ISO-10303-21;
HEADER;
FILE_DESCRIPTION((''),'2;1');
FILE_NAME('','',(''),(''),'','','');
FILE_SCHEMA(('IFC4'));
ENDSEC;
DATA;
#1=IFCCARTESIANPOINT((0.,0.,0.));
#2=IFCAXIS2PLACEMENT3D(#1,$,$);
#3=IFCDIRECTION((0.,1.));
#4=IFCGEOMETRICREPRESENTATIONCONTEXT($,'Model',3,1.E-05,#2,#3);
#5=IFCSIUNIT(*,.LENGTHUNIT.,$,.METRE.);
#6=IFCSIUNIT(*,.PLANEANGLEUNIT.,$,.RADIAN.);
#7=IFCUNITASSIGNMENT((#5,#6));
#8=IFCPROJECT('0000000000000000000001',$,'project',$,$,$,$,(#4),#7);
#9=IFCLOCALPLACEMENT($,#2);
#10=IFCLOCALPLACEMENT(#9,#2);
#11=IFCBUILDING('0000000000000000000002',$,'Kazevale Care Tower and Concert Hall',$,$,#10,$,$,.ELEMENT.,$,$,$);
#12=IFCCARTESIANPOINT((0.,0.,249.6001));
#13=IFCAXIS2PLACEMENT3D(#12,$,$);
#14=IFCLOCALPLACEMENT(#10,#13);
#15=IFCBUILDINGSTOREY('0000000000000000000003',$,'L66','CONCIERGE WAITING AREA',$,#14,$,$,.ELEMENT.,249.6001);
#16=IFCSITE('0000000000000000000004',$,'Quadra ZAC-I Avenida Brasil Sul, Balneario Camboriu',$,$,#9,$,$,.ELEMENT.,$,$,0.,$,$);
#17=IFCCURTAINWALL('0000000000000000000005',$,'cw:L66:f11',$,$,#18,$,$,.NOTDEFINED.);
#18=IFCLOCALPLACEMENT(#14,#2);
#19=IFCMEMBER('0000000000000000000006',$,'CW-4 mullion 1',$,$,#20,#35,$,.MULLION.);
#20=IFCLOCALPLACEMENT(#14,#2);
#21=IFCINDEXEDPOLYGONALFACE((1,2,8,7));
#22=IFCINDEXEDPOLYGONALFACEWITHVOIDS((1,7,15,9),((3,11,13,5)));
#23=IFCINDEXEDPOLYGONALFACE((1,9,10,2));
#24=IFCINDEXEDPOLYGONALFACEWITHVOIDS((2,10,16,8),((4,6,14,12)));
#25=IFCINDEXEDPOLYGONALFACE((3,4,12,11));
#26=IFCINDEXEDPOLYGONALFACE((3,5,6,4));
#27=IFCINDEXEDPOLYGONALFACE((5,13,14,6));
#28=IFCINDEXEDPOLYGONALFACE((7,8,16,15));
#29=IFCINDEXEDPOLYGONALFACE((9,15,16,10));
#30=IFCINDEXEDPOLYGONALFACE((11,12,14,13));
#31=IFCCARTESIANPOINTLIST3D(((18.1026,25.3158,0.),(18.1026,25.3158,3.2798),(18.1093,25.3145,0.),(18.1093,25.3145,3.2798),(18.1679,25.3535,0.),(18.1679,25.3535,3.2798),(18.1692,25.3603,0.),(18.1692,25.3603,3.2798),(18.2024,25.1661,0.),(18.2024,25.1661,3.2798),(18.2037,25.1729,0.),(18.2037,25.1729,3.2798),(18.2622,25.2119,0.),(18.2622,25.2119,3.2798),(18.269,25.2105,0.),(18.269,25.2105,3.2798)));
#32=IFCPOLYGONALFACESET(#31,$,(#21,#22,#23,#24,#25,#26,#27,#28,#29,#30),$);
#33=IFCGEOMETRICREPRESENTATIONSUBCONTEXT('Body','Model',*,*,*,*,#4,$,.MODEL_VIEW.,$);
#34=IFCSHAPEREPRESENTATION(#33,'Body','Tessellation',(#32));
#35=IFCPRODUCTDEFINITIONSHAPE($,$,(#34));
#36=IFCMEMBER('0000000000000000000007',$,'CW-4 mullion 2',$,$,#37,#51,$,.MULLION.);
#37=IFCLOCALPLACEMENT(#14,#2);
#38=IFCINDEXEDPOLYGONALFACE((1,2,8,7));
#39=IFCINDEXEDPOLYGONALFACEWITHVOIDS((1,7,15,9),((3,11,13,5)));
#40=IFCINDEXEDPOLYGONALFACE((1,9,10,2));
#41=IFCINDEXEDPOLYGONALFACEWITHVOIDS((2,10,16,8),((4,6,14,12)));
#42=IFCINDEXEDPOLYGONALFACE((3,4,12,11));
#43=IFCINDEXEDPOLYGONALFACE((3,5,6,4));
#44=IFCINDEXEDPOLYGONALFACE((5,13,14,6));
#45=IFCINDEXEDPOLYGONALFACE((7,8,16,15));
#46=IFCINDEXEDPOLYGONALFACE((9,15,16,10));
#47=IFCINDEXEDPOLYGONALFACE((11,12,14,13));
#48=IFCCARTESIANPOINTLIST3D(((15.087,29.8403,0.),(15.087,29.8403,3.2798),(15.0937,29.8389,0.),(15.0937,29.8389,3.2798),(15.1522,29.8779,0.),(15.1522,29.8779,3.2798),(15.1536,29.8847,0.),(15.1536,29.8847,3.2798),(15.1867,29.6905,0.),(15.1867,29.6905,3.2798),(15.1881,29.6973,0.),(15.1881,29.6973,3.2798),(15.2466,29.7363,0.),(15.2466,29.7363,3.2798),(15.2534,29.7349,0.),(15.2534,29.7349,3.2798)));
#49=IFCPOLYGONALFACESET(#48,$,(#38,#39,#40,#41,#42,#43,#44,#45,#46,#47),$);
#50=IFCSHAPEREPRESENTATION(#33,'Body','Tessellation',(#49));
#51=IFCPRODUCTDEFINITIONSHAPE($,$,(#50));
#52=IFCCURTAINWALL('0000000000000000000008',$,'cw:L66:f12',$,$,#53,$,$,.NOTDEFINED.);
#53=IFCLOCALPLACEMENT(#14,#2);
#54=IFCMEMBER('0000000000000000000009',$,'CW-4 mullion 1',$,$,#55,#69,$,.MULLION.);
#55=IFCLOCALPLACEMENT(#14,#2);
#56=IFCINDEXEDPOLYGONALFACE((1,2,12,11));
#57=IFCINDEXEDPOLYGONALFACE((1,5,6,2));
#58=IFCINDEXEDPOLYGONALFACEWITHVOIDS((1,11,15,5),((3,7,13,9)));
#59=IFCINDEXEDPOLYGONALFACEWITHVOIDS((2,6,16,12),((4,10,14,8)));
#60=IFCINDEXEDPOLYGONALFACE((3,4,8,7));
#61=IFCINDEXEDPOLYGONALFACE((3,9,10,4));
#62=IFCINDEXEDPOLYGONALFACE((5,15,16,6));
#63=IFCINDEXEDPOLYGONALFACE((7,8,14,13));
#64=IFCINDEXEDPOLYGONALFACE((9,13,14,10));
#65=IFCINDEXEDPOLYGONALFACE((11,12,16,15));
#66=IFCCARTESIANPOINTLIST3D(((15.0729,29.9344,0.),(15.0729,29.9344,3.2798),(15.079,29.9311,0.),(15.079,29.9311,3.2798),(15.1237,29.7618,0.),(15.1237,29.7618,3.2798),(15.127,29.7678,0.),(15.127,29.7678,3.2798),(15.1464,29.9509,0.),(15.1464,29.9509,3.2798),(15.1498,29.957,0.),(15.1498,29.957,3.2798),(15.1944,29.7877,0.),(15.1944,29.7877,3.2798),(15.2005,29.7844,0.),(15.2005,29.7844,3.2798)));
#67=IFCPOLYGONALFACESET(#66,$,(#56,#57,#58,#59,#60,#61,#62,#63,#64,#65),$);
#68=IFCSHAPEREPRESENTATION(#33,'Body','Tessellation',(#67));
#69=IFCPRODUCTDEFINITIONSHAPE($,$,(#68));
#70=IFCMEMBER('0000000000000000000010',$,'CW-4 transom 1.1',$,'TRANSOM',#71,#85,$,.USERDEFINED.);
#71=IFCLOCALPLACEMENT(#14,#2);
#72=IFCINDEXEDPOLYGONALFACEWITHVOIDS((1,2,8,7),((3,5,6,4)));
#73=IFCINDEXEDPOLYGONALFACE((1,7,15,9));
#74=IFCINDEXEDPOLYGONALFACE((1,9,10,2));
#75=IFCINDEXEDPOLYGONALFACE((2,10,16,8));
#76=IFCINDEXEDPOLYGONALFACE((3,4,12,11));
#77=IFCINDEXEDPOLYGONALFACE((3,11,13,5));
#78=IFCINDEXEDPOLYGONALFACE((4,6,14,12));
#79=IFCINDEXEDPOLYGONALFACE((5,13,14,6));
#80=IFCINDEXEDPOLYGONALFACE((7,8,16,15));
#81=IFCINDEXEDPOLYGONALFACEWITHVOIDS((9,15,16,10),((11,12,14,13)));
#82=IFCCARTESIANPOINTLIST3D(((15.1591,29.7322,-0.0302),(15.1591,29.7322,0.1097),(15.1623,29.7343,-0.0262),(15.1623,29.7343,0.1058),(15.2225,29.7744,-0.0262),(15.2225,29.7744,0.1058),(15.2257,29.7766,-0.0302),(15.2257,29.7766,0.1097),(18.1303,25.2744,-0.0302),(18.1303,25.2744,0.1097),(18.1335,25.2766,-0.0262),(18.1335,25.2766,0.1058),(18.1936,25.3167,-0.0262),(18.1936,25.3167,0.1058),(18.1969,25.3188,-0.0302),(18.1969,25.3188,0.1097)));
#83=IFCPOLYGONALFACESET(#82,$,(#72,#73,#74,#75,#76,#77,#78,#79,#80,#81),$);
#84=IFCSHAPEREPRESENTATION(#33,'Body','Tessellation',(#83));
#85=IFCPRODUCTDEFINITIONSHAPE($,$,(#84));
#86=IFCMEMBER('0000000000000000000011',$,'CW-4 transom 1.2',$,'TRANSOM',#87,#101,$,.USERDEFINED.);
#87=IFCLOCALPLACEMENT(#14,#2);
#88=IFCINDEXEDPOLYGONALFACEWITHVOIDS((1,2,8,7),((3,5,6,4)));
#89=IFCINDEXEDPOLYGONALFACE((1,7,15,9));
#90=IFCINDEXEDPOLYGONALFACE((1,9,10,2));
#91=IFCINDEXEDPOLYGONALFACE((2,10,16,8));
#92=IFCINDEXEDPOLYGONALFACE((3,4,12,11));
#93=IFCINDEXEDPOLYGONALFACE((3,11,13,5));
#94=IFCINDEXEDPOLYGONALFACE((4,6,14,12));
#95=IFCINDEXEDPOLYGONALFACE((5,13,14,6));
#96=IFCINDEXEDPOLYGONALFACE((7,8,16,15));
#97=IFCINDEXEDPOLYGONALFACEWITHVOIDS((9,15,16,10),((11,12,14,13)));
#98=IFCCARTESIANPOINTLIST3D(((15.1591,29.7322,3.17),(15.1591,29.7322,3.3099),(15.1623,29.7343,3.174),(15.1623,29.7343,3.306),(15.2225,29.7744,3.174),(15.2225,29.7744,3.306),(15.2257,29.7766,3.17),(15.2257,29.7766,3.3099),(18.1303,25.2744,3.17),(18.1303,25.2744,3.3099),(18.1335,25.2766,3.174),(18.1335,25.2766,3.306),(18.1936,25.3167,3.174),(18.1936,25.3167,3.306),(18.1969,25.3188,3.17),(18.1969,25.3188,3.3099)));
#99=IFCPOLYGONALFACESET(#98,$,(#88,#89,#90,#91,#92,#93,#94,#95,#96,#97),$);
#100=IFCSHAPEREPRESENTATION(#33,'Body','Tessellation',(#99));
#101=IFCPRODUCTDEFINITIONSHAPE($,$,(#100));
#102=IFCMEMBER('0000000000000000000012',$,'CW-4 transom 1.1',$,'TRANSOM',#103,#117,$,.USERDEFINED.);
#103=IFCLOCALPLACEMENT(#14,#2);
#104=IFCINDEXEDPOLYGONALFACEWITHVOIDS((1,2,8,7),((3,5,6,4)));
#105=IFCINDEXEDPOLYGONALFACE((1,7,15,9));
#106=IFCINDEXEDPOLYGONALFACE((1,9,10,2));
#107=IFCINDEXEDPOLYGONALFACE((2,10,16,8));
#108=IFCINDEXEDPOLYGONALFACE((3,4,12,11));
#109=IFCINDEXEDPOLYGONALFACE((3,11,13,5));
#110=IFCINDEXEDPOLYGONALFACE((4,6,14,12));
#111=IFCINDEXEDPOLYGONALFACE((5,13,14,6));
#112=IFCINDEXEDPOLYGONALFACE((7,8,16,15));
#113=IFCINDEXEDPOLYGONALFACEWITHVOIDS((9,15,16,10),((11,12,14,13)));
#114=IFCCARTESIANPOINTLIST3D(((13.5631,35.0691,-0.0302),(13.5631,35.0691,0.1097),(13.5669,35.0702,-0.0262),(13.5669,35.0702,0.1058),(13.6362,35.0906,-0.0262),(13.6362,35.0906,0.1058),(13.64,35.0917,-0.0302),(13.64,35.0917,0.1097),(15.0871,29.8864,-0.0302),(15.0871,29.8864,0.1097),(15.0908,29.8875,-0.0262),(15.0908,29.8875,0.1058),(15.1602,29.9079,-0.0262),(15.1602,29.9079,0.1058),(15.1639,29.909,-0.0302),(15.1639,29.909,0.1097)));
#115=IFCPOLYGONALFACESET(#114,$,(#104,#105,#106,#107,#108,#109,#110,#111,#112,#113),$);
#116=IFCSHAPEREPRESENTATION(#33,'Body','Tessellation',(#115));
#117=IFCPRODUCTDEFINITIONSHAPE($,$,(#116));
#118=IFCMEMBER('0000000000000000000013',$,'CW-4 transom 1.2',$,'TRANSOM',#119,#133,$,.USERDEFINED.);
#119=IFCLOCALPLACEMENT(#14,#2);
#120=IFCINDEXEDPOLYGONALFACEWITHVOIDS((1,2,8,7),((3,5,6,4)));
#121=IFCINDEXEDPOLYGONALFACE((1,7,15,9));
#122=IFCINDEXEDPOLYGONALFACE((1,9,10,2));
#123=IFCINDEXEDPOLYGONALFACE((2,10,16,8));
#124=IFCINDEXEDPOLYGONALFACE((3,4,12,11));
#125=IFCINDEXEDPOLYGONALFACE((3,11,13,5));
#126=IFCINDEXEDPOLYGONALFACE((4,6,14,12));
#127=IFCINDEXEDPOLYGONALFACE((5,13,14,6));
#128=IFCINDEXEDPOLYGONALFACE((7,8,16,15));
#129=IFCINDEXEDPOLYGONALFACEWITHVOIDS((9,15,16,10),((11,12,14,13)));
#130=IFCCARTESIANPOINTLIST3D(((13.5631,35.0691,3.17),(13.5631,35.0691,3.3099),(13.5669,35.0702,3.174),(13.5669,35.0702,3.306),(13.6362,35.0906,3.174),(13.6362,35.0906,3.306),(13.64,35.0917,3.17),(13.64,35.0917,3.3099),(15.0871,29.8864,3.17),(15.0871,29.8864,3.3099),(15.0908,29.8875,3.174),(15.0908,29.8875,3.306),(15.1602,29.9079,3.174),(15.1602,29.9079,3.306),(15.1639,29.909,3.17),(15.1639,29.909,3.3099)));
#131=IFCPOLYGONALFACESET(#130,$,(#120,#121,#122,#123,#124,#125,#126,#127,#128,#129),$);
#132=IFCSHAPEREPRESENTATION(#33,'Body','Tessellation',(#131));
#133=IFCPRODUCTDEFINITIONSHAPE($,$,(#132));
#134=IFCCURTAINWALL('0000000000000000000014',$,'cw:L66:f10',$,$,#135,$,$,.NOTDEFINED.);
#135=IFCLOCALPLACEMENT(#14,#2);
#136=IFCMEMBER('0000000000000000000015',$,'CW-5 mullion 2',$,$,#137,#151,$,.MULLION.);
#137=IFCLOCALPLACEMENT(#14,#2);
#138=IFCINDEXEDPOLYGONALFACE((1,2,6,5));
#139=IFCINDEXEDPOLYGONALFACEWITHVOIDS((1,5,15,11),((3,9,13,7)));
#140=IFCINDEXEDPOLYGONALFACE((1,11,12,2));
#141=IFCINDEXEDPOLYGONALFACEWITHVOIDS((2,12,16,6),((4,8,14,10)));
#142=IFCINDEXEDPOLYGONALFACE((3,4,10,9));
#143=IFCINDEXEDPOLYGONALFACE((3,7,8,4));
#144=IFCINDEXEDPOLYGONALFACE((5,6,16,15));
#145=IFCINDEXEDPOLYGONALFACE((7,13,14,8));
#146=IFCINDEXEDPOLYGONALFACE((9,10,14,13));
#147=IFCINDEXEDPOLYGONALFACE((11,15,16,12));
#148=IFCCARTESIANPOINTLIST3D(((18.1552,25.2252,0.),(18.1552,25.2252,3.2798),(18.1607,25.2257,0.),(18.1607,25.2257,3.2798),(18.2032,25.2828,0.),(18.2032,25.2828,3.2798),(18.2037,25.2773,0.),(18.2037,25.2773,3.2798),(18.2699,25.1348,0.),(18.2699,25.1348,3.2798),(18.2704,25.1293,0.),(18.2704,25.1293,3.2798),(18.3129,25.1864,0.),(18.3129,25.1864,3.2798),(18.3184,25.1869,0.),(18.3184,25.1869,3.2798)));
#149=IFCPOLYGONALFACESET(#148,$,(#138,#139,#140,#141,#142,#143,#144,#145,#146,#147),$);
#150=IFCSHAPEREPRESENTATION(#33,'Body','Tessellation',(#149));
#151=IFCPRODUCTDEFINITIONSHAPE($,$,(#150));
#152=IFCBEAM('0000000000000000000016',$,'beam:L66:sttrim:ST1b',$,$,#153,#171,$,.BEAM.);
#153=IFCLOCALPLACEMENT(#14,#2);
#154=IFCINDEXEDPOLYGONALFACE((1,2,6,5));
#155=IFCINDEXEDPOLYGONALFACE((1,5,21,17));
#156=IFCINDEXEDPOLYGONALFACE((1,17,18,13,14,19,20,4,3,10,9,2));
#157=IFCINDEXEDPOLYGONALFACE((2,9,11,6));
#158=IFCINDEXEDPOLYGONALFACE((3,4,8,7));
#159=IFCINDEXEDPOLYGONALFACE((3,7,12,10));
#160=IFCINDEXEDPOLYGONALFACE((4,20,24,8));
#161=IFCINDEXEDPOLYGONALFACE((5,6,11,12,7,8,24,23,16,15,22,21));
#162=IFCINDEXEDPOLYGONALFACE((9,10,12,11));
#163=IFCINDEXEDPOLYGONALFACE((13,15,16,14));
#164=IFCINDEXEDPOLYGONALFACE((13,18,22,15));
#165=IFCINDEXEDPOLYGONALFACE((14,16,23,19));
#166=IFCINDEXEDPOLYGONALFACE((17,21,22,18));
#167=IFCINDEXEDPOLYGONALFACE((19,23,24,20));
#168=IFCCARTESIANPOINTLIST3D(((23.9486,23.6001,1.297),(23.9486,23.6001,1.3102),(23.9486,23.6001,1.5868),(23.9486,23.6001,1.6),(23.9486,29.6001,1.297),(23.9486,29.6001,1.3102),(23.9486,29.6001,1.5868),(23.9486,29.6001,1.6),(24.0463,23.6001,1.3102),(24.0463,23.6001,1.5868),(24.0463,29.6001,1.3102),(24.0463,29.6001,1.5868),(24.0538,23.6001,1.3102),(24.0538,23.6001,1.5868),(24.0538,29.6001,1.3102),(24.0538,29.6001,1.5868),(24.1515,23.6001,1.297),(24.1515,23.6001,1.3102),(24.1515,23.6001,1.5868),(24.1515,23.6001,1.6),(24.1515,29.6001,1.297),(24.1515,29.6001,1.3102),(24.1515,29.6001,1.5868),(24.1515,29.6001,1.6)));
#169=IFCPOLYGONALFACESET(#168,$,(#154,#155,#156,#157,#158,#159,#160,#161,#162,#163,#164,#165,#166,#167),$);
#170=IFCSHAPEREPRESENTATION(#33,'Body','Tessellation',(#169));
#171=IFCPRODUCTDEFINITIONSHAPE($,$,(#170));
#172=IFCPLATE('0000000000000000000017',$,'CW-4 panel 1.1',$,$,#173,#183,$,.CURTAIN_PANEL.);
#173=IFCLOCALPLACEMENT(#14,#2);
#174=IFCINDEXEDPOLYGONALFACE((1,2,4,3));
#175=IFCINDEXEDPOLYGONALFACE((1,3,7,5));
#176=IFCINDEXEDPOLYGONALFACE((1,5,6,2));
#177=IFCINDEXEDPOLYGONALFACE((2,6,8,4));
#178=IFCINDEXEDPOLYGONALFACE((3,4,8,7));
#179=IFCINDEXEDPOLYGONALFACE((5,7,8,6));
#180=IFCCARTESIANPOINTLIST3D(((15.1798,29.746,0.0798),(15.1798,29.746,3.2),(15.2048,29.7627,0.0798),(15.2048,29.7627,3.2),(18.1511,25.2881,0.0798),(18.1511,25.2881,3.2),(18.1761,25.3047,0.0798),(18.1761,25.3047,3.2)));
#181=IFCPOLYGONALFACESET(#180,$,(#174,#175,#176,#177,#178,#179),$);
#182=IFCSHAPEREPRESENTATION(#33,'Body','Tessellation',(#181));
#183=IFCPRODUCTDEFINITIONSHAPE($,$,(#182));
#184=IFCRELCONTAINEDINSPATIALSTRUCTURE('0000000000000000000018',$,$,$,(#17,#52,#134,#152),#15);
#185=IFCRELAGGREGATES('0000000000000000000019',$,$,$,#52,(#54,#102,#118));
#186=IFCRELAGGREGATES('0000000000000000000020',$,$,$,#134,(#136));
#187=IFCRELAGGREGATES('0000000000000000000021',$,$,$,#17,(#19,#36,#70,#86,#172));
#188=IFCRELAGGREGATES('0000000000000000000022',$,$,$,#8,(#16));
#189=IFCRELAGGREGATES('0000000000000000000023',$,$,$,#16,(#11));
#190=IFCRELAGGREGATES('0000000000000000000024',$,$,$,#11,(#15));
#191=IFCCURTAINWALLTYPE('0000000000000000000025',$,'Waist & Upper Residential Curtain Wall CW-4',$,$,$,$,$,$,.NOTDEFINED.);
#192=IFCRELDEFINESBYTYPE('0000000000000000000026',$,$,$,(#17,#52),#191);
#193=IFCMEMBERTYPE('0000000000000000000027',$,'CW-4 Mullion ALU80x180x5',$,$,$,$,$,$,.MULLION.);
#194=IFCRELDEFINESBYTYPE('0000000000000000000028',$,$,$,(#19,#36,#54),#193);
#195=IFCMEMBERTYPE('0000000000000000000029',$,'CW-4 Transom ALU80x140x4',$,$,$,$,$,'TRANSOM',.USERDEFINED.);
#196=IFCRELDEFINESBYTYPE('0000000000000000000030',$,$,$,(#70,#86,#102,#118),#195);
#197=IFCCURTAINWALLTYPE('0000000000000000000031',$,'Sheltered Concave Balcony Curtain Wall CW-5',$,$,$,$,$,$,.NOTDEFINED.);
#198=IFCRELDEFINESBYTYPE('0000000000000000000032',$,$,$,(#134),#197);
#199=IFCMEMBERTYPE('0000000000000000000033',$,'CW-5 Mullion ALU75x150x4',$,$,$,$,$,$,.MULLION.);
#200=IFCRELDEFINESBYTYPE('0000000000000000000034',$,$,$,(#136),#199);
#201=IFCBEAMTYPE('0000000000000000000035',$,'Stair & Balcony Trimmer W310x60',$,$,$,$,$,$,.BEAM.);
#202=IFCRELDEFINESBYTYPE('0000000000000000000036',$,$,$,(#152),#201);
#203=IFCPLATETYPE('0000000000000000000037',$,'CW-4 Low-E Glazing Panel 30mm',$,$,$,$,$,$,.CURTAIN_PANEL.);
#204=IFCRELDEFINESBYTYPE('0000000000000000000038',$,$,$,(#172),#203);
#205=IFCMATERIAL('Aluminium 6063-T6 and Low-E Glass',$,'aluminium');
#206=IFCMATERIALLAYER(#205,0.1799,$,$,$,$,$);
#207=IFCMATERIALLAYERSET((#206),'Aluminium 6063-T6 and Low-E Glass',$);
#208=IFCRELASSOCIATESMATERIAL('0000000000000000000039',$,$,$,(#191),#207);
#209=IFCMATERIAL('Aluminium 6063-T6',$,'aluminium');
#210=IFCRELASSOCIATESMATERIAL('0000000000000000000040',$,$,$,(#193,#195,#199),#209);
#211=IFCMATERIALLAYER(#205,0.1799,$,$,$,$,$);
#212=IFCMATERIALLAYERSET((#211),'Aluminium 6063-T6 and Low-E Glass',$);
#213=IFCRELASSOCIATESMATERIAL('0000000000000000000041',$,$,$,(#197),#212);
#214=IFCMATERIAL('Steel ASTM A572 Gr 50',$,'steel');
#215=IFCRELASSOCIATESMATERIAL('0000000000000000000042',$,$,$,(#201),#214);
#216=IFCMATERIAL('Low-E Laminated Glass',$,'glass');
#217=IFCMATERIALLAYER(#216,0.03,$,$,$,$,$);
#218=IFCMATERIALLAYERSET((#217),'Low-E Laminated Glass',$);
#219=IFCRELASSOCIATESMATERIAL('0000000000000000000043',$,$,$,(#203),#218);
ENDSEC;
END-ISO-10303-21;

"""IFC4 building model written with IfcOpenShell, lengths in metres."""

from ifc_helpers import new_model, si_unit, direction, frame, origin, origin_2d, place, context, subcontext, project, spatial, rectangle, hollow_rectangle, i_section, extrude, material, layer, layer_set, material_profile, profile_set, type_object, element, aggregate, save


model = new_model("IFC4")

# Units and contexts
model_context = context("Model", 3, precision=1e-05, world=origin(), true_north=direction((0.0, 1.0)))
body_context = subcontext(model_context, "Body", "Model", "MODEL_VIEW")
ifc_project = project(units=[si_unit("LENGTHUNIT", "METRE"), si_unit("PLANEANGLEUNIT", "RADIAN")], contexts=[model_context])

# Site, building, storey
site_placement = place(None, origin())
site = spatial("IfcSite", under=ifc_project, at=site_placement, Name="Quadra ZAC-I Avenida Brasil Sul, Balneario Camboriu", CompositionType="ELEMENT", RefElevation=0.0)
building_placement = place(site_placement, origin())
building = spatial("IfcBuilding", under=site, at=building_placement, Name="Kazevale Care Tower and Concert Hall", CompositionType="ELEMENT")
storey_placement = place(building_placement, frame((0.0, 0.0, 249.6001)))
storey = spatial("IfcBuildingStorey", under=building, at=storey_placement, Name="L66", Description="CONCIERGE WAITING AREA", CompositionType="ELEMENT", Elevation=249.6001)

# Curtain wall, members
ifc_material_1 = material(Name="Aluminium 6063-T6 and Low-E Glass", Category="aluminium")
ifc_layer_1 = layer(ifc_material_1, 0.1799)
ifc_layer_set_1 = layer_set([ifc_layer_1], Name="Aluminium 6063-T6 and Low-E Glass")
curtain_wall_type_1 = type_object("IfcCurtainWallType", Name="Waist & Upper Residential Curtain Wall CW-4", PredefinedType="NOTDEFINED", material=ifc_layer_set_1)
curtain_wall_1_placement = place(storey_placement, origin())
curtain_wall_1 = element("IfcCurtainWall", 1, at=curtain_wall_1_placement, inside=storey, type_object=curtain_wall_type_1, Name="cw:L66:f11", PredefinedType="NOTDEFINED")
ifc_material_2 = material(Name="Aluminium 6063-T6", Category="aluminium")
ifc_material_profile_1 = material_profile(ifc_material_2, hollow_rectangle(XDim=0.0801, YDim=0.1799, WallThickness=0.0049, at=origin_2d()), Name="ALU80x180x5")
ifc_profile_set_1 = profile_set([ifc_material_profile_1], Name="Aluminium 6063-T6")
member_type_1 = type_object("IfcMemberType", Name="CW-4 Mullion ALU80x180x5", PredefinedType="MULLION", material=ifc_profile_set_1)
member_1_placement = place(storey_placement, frame((18.1858, 25.2632, 0.0), z_axis=(0.0, 0.0, 1.0), x_axis=(-0.832106, -0.554617, 0.0)))
member_1 = element("IfcMember", 2, at=member_1_placement, type_object=member_type_1, Name="CW-4 mullion 1", PredefinedType="MULLION", context=body_context, shape_type="SweptSolid", body=[
    extrude(hollow_rectangle(XDim=0.0801, YDim=0.1799, WallThickness=0.0049, at=origin_2d()), origin(), (0.0, 0.0, 1.0), 3.2798),
])
member_2_placement = place(storey_placement, frame((15.1702, 29.7876, 0.0), z_axis=(0.0, 0.0, 1.0), x_axis=(-0.832106, -0.554617, 0.0)))
member_2 = element("IfcMember", 3, at=member_2_placement, type_object=member_type_1, Name="CW-4 mullion 2", PredefinedType="MULLION", context=body_context, shape_type="SweptSolid", body=[
    extrude(hollow_rectangle(XDim=0.0801, YDim=0.1799, WallThickness=0.0049, at=origin_2d()), origin(), (0.0, 0.0, 1.0), 3.2798),
])

# Curtain wall, member
curtain_wall_2_placement = place(storey_placement, origin())
curtain_wall_2 = element("IfcCurtainWall", 4, at=curtain_wall_2_placement, inside=storey, type_object=curtain_wall_type_1, Name="cw:L66:f12", PredefinedType="NOTDEFINED")
member_3_placement = place(storey_placement, frame((15.1367, 29.8594, 0.0), z_axis=(0.0, 0.0, 1.0), x_axis=(-0.959386, -0.282098, 0.0)))
member_3 = element("IfcMember", 5, at=member_3_placement, type_object=member_type_1, Name="CW-4 mullion 1", PredefinedType="MULLION", context=body_context, shape_type="SweptSolid", body=[
    extrude(hollow_rectangle(XDim=0.0801, YDim=0.1799, WallThickness=0.0049, at=origin_2d()), origin(), (0.0, 0.0, 1.0), 3.2798),
])

# Members
ifc_material_profile_2 = material_profile(ifc_material_2, hollow_rectangle(XDim=0.0801, YDim=0.1399, WallThickness=0.0039, at=origin_2d()), Name="ALU80x140x4")
ifc_profile_set_2 = profile_set([ifc_material_profile_2], Name="Aluminium 6063-T6")
member_type_2 = type_object("IfcMemberType", Name="CW-4 Transom ALU80x140x4", ElementType="TRANSOM", PredefinedType="USERDEFINED", material=ifc_profile_set_2)
member_4_placement = place(storey_placement, frame((18.1636, 25.2966, 0.0398), z_axis=(-0.554616, 0.832106, 0.0), x_axis=(-0.832106, -0.554616, 0.0)))
member_4 = element("IfcMember", 6, at=member_4_placement, type_object=member_type_2, Name="CW-4 transom 1.1", ObjectType="TRANSOM", PredefinedType="USERDEFINED", context=body_context, shape_type="SweptSolid", body=[
    extrude(hollow_rectangle(XDim=0.0801, YDim=0.1399, WallThickness=0.0039, at=origin_2d()), origin(), (0.0, 0.0, 1.0), 5.3572),
])
member_5_placement = place(storey_placement, frame((18.1636, 25.2966, 3.24), z_axis=(-0.554616, 0.832106, 0.0), x_axis=(-0.832106, -0.554616, 0.0)))
member_5 = element("IfcMember", 7, at=member_5_placement, type_object=member_type_2, Name="CW-4 transom 1.2", ObjectType="TRANSOM", PredefinedType="USERDEFINED", context=body_context, shape_type="SweptSolid", body=[
    extrude(hollow_rectangle(XDim=0.0801, YDim=0.1399, WallThickness=0.0039, at=origin_2d()), origin(), (0.0, 0.0, 1.0), 5.3572),
])
member_6_placement = place(storey_placement, frame((15.1255, 29.8977, 0.0398), z_axis=(-0.282103, 0.959384, 0.0), x_axis=(-0.959384, -0.282103, 0.0)))
member_6 = element("IfcMember", 8, at=member_6_placement, type_object=member_type_2, Name="CW-4 transom 1.1", ObjectType="TRANSOM", PredefinedType="USERDEFINED", context=body_context, shape_type="SweptSolid", body=[
    extrude(hollow_rectangle(XDim=0.0801, YDim=0.1399, WallThickness=0.0039, at=origin_2d()), origin(), (0.0, 0.0, 1.0), 5.4021),
])
member_7_placement = place(storey_placement, frame((15.1255, 29.8977, 3.24), z_axis=(-0.282103, 0.959384, 0.0), x_axis=(-0.959384, -0.282103, 0.0)))
member_7 = element("IfcMember", 9, at=member_7_placement, type_object=member_type_2, Name="CW-4 transom 1.2", ObjectType="TRANSOM", PredefinedType="USERDEFINED", context=body_context, shape_type="SweptSolid", body=[
    extrude(hollow_rectangle(XDim=0.0801, YDim=0.1399, WallThickness=0.0039, at=origin_2d()), origin(), (0.0, 0.0, 1.0), 5.4021),
])
aggregate(curtain_wall_2, [member_3, member_6, member_7])

# Curtain wall, member
ifc_layer_2 = layer(ifc_material_1, 0.1799)
ifc_layer_set_2 = layer_set([ifc_layer_2], Name="Aluminium 6063-T6 and Low-E Glass")
curtain_wall_type_2 = type_object("IfcCurtainWallType", Name="Sheltered Concave Balcony Curtain Wall CW-5", PredefinedType="NOTDEFINED", material=ifc_layer_set_2)
curtain_wall_3_placement = place(storey_placement, origin())
curtain_wall_3 = element("IfcCurtainWall", 10, at=curtain_wall_3_placement, inside=storey, type_object=curtain_wall_type_2, Name="cw:L66:f10", PredefinedType="NOTDEFINED")
ifc_material_profile_3 = material_profile(ifc_material_2, hollow_rectangle(XDim=0.075, YDim=0.1499, WallThickness=0.0039, at=origin_2d()), Name="ALU75x150x4")
ifc_profile_set_3 = profile_set([ifc_material_profile_3], Name="Aluminium 6063-T6")
member_type_3 = type_object("IfcMemberType", Name="CW-5 Mullion ALU75x150x4", PredefinedType="MULLION", material=ifc_profile_set_3)
member_8_placement = place(storey_placement, frame((18.2368, 25.2061, 0.0), z_axis=(0.0, 0.0, 1.0), x_axis=(-0.639961, -0.768407, 0.0)))
member_8 = element("IfcMember", 11, at=member_8_placement, type_object=member_type_3, Name="CW-5 mullion 2", PredefinedType="MULLION", context=body_context, shape_type="SweptSolid", body=[
    extrude(hollow_rectangle(XDim=0.075, YDim=0.1499, WallThickness=0.0039, at=origin_2d()), origin(), (0.0, 0.0, 1.0), 3.2798),
])
aggregate(curtain_wall_3, [member_8])

# Beam
ifc_material_3 = material(Name="Steel ASTM A572 Gr 50", Category="steel")
ifc_material_profile_4 = material_profile(ifc_material_3, i_section(OverallWidth=0.2029, OverallDepth=0.303, WebThickness=0.0076, FlangeThickness=0.0132, at=origin_2d()), Name="W310x60")
ifc_profile_set_4 = profile_set([ifc_material_profile_4], Name="Steel ASTM A572 Gr 50")
beam_type = type_object("IfcBeamType", Name="Stair & Balcony Trimmer W310x60", PredefinedType="BEAM", material=ifc_profile_set_4)
beam_placement = place(storey_placement, frame((24.05, 23.6001, 1.4485), z_axis=(0.0, 1.0, 0.0), x_axis=(-1.0, 0.0, 0.0)))
element("IfcBeam", 12, at=beam_placement, inside=storey, type_object=beam_type, Name="beam:L66:sttrim:ST1b", PredefinedType="BEAM", context=body_context, shape_type="SweptSolid", body=[
    extrude(i_section(OverallWidth=0.2029, OverallDepth=0.303, WebThickness=0.0076, FlangeThickness=0.0132, at=origin_2d()), origin(), (0.0, 0.0, 1.0), 6.0),
])

# Plate
ifc_material_4 = material(Name="Low-E Laminated Glass", Category="glass")
ifc_layer_3 = layer(ifc_material_4, 0.03)
ifc_layer_set_3 = layer_set([ifc_layer_3], Name="Low-E Laminated Glass")
plate_type = type_object("IfcPlateType", Name="CW-4 Low-E Glazing Panel 30mm", PredefinedType="CURTAIN_PANEL", material=ifc_layer_set_3)
plate_placement = place(storey_placement, frame((16.678, 27.5254, 0.0798), z_axis=(0.0, 0.0, 1.0), x_axis=(-0.554617, 0.832106, 0.0)))
plate = element("IfcPlate", 13, at=plate_placement, type_object=plate_type, Name="CW-4 panel 1.1", PredefinedType="CURTAIN_PANEL", context=body_context, shape_type="SweptSolid", body=[
    extrude(rectangle(XDim=5.3574, YDim=0.03, at=origin_2d()), origin(), (0.0, 0.0, 1.0), 3.1201),
])
aggregate(curtain_wall_1, [member_1, member_2, member_4, member_5, plate])

save(model, "model.ifc")
